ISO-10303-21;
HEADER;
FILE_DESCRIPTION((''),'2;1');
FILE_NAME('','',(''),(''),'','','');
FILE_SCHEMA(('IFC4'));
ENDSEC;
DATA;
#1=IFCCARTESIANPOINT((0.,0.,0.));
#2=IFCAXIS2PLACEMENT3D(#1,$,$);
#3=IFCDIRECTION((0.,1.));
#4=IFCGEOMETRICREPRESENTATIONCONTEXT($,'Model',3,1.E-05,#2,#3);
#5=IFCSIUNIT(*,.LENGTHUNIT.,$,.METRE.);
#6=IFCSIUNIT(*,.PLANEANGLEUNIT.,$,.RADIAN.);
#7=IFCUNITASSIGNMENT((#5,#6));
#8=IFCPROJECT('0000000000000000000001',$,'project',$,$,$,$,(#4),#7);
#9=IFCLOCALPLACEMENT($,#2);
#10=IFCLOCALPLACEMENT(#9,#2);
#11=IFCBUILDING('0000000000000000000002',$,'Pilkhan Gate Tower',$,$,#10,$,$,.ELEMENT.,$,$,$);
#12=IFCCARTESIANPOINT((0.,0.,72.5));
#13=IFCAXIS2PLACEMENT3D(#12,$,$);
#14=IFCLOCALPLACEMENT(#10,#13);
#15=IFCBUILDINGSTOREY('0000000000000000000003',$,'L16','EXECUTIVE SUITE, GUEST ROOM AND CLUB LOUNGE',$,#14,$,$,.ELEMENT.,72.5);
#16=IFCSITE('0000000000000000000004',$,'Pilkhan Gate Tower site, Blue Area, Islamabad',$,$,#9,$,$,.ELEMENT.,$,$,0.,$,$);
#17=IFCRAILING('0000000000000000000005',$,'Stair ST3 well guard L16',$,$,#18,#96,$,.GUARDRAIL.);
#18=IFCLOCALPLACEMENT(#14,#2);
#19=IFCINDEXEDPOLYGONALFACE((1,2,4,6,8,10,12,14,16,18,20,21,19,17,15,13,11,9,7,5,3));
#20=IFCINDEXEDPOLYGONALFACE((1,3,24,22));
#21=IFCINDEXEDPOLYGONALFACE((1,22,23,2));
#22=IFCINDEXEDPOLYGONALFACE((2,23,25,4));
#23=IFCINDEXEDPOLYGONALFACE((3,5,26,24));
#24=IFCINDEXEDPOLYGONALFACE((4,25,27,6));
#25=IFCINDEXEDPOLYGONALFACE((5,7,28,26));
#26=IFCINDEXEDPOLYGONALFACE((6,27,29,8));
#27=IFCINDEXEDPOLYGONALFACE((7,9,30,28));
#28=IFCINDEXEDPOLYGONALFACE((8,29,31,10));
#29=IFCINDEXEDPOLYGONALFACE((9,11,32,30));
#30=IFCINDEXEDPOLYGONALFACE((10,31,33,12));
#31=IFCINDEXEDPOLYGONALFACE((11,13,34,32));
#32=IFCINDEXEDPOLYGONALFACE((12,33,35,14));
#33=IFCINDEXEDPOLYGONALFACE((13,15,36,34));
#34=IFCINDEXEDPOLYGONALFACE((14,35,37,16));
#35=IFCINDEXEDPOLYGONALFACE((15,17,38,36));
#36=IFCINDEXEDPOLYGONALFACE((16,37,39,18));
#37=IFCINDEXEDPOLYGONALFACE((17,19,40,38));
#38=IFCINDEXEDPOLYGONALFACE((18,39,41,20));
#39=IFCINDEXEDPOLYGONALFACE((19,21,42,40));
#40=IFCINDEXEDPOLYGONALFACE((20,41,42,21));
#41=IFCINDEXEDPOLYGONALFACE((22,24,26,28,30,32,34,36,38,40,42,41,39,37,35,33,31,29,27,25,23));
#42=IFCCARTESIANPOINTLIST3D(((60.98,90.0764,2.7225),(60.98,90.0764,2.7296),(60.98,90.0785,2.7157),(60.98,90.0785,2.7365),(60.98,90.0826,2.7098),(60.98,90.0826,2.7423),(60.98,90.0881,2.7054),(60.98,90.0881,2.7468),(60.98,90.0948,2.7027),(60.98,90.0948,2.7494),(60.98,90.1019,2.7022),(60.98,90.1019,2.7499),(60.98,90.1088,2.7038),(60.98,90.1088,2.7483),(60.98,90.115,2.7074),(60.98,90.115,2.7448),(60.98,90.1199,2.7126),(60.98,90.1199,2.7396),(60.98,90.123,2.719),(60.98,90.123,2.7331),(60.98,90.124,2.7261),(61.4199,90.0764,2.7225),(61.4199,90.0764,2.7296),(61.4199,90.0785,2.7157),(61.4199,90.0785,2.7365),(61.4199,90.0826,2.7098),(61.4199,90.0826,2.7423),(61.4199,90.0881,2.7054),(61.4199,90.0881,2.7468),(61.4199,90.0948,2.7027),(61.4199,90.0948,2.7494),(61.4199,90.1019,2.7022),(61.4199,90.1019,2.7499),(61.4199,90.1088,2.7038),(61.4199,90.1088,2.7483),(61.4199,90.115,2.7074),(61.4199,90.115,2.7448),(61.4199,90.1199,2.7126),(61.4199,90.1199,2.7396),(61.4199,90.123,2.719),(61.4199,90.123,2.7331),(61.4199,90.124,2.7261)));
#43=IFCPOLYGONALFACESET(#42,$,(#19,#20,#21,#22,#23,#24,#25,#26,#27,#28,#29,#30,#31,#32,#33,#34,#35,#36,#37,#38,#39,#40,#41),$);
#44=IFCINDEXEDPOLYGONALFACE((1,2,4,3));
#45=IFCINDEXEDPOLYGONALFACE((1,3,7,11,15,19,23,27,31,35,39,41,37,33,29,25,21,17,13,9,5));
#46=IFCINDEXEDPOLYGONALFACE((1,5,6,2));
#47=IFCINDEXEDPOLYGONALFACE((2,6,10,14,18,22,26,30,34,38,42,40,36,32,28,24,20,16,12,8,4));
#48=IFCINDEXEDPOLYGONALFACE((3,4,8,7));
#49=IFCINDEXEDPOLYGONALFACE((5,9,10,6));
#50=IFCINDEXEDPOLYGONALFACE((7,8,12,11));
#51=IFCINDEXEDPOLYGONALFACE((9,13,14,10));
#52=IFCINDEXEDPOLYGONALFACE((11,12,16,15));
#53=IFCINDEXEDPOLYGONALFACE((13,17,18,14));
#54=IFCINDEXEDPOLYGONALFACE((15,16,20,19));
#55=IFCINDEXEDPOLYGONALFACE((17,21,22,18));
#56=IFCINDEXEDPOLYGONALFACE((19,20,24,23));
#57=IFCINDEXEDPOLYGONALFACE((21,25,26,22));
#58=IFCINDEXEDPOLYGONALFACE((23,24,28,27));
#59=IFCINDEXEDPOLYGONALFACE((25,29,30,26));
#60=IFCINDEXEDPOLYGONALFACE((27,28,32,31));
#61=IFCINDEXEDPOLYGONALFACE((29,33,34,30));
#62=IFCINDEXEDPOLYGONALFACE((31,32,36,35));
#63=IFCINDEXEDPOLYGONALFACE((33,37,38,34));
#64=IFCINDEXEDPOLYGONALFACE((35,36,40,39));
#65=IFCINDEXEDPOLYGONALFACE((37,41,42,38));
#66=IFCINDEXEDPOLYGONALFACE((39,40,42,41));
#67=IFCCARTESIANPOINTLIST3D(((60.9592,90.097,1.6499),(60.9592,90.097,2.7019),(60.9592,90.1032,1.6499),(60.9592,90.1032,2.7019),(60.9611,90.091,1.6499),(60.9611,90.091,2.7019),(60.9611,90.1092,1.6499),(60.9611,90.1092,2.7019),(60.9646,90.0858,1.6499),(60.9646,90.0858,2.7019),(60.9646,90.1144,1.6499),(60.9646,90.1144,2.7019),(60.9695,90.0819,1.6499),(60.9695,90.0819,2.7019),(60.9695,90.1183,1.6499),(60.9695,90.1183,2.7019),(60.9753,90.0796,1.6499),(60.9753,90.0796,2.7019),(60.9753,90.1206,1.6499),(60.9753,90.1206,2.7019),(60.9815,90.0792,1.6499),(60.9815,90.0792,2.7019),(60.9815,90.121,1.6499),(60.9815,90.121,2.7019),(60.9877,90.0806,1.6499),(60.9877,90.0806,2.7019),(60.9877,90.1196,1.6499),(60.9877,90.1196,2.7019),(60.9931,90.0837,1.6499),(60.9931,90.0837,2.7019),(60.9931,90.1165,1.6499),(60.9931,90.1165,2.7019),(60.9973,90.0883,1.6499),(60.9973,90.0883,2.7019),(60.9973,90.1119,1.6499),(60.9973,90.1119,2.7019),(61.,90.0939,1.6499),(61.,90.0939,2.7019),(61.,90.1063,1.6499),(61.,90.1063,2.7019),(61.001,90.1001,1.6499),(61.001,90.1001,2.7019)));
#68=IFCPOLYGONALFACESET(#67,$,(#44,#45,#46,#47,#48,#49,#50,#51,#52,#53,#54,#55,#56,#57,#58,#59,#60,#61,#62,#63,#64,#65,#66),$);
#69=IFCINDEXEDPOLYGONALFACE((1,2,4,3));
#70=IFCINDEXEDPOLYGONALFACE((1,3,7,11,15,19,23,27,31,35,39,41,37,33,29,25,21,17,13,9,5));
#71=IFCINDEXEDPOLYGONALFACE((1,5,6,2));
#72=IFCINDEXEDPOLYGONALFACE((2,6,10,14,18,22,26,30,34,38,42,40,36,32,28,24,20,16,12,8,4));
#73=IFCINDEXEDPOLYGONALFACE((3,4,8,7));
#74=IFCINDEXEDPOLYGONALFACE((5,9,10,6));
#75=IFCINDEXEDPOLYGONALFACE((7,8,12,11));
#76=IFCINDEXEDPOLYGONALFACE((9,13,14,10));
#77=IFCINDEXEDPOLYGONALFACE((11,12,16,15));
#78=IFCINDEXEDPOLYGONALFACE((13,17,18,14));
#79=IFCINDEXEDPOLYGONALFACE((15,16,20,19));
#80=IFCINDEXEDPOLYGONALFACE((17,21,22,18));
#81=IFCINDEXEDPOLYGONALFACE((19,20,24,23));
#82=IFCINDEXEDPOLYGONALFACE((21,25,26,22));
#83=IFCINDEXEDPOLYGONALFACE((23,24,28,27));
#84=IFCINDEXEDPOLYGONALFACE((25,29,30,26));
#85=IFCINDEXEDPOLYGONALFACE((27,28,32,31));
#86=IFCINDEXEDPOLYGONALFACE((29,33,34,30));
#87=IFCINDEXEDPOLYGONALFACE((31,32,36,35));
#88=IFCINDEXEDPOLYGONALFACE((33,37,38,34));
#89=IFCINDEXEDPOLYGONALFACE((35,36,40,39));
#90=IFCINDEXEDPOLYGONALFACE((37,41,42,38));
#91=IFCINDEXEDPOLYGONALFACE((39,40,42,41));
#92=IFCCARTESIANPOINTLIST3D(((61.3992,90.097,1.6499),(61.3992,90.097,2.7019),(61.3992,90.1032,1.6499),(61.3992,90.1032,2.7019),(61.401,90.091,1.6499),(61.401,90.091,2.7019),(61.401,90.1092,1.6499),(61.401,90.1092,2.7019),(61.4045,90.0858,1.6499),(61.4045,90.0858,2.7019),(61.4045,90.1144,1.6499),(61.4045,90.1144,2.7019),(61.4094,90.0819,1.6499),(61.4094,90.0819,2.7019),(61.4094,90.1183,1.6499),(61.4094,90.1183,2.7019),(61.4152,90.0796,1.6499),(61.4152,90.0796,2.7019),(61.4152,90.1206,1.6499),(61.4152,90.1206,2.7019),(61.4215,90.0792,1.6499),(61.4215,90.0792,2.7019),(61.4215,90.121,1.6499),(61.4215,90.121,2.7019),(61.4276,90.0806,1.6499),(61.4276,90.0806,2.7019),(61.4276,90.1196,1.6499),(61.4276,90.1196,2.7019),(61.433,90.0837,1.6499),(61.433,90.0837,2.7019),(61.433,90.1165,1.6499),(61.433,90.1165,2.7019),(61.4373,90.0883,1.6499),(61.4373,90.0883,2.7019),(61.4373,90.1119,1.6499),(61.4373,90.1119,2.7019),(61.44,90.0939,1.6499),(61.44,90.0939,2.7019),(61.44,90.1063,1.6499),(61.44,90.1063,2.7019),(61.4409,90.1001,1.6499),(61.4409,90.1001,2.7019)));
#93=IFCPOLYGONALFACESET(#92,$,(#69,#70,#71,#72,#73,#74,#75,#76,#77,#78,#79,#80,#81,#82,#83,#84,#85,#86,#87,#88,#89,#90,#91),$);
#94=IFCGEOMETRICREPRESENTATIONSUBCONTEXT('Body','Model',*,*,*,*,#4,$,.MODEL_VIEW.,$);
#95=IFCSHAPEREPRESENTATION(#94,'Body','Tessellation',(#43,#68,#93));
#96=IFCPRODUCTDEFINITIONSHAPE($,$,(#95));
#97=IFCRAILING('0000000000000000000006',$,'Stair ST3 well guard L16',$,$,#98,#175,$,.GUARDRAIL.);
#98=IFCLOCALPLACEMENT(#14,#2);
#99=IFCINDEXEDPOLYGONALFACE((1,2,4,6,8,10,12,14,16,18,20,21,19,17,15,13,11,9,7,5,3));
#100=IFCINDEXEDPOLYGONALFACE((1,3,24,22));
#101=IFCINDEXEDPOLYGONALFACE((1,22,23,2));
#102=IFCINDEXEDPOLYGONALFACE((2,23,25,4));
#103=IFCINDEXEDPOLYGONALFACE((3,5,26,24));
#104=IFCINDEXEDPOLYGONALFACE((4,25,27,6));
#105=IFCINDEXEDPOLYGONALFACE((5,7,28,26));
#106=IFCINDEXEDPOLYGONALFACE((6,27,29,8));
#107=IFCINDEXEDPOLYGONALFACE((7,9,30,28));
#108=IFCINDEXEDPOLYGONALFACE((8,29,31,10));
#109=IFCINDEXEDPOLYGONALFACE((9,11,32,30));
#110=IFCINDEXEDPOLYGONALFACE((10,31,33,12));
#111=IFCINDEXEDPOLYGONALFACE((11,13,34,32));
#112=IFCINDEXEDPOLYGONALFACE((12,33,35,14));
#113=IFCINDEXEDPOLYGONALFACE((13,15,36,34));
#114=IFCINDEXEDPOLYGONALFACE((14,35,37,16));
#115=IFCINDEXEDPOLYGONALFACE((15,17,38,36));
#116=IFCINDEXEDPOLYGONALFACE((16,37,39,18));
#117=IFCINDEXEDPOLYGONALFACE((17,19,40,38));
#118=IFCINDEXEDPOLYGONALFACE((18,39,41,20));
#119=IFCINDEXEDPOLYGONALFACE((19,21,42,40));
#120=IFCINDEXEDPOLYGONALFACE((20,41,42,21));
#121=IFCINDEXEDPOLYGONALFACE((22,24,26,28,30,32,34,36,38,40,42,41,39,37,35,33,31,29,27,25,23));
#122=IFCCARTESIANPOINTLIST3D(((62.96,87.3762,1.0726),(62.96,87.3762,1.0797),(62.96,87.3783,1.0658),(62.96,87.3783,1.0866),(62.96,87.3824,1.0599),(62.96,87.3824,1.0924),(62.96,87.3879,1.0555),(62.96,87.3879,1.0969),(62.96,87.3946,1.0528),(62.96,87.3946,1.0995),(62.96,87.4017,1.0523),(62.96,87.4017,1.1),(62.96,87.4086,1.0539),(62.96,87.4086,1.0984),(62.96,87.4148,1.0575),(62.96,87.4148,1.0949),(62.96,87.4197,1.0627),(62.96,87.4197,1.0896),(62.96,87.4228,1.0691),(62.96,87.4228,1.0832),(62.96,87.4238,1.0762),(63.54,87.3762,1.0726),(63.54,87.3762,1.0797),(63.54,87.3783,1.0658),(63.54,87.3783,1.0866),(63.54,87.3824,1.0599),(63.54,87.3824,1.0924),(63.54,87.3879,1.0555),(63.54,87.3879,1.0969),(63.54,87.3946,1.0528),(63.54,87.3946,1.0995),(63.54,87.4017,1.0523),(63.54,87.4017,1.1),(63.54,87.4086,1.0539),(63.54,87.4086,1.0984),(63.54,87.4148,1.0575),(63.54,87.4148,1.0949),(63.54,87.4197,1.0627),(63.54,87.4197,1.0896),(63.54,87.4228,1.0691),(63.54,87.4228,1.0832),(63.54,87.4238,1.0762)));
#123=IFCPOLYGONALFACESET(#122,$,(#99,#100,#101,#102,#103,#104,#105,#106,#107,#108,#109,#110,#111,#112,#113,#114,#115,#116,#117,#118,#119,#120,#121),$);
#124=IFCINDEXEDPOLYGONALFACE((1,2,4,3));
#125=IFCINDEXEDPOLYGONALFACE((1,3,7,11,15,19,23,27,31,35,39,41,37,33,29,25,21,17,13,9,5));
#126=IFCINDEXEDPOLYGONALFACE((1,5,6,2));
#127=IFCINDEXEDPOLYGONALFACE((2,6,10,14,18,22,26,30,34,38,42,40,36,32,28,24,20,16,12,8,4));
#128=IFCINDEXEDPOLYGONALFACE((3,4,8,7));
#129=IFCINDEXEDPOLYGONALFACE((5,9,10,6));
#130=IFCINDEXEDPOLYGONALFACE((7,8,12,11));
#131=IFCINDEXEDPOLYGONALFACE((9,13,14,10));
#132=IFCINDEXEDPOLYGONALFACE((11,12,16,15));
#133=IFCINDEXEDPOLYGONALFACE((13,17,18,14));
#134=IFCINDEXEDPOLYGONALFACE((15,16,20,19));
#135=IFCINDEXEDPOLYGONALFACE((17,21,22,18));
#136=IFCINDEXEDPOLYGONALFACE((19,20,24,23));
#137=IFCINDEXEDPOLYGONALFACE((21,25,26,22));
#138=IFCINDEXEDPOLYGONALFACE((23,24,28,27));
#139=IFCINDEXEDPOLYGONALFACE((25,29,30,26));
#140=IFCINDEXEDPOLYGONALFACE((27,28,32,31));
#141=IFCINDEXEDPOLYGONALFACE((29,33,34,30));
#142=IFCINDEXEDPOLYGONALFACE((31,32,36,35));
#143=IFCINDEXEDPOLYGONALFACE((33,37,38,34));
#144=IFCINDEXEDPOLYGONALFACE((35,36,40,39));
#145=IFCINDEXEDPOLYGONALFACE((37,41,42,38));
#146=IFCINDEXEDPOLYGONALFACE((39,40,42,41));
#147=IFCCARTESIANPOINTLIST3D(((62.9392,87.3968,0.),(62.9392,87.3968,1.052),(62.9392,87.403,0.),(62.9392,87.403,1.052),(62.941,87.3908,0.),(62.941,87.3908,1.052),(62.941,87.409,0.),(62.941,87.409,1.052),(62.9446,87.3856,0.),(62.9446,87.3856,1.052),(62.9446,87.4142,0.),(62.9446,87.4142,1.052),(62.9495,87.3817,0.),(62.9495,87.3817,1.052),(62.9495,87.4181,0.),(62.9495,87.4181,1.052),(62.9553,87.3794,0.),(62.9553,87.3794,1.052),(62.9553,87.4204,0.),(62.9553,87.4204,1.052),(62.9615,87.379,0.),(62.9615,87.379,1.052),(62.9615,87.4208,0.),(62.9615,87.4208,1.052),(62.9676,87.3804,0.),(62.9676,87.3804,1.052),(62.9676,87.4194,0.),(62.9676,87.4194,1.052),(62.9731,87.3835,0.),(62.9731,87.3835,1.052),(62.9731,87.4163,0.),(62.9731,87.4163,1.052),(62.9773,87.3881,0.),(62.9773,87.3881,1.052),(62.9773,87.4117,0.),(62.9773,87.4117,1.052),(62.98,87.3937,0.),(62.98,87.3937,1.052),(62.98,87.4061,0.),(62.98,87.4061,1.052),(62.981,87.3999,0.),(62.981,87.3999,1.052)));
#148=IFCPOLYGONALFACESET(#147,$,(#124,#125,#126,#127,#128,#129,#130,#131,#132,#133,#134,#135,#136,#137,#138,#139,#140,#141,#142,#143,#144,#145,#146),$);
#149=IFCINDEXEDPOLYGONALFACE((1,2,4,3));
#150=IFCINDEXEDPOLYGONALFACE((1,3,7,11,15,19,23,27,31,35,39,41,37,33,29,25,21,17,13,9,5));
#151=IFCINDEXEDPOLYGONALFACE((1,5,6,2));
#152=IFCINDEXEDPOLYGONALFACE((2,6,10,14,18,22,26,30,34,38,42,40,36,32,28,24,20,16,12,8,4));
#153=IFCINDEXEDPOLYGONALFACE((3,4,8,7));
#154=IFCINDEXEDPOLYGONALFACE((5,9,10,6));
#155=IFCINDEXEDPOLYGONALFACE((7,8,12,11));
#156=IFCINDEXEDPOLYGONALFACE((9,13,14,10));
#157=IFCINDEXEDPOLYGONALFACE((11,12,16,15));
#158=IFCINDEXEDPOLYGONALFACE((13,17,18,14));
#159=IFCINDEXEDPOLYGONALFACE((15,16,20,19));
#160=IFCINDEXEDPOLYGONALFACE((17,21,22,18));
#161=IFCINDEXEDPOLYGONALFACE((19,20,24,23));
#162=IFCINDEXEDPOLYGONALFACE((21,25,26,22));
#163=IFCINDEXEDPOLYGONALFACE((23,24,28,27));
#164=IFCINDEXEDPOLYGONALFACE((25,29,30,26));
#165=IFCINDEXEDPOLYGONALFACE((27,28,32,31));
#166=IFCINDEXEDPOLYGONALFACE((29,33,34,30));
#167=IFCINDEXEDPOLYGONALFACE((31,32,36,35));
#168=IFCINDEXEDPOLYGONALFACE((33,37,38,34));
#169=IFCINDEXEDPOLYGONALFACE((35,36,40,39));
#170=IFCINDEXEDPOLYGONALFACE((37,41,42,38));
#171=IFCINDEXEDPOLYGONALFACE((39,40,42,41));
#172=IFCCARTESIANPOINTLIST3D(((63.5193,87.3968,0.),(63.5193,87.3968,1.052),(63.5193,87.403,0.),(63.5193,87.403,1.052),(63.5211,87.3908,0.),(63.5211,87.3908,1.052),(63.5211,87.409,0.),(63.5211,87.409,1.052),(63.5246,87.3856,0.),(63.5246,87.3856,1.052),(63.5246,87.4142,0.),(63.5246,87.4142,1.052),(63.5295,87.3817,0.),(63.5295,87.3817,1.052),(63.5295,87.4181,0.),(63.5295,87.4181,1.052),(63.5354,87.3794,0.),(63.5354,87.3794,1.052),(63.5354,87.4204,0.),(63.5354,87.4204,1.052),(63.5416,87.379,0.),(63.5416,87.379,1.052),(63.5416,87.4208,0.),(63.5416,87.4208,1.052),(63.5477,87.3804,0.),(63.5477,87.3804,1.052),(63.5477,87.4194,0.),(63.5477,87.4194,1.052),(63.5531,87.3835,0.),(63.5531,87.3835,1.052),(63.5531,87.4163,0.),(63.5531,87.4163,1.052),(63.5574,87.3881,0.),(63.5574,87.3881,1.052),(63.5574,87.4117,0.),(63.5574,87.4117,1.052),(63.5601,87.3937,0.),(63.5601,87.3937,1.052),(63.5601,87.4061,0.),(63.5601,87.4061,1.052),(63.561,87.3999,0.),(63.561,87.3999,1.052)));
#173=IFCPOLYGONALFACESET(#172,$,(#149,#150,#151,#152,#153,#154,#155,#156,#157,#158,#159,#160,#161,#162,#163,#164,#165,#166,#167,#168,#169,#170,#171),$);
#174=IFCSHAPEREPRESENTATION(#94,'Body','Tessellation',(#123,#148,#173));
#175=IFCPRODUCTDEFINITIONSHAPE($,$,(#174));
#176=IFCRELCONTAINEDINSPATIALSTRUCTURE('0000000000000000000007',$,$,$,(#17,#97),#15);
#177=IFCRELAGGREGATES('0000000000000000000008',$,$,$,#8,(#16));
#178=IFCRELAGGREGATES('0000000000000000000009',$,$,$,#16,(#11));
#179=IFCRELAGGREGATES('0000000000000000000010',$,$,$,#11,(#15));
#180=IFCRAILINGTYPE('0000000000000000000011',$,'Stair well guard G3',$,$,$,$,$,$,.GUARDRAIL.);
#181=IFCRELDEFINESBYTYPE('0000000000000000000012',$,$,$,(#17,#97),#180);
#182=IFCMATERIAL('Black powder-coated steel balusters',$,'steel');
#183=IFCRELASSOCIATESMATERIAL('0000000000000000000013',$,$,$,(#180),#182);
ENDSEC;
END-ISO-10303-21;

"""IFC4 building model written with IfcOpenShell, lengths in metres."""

from ifc_helpers import new_model, si_unit, direction, frame, origin, origin_2d, place, context, subcontext, project, spatial, circle, extrude, material, type_object, element, save


model = new_model("IFC4")

# Units and contexts
model_context = context("Model", 3, precision=1e-05, world=origin(), true_north=direction((0.0, 1.0)))
body_context = subcontext(model_context, "Body", "Model", "MODEL_VIEW")
ifc_project = project(units=[si_unit("LENGTHUNIT", "METRE"), si_unit("PLANEANGLEUNIT", "RADIAN")], contexts=[model_context])

# Site, building, storey
site_placement = place(None, origin())
site = spatial("IfcSite", under=ifc_project, at=site_placement, Name="Pilkhan Gate Tower site, Blue Area, Islamabad", CompositionType="ELEMENT", RefElevation=0.0)
building_placement = place(site_placement, origin())
building = spatial("IfcBuilding", under=site, at=building_placement, Name="Pilkhan Gate Tower", CompositionType="ELEMENT")
storey_placement = place(building_placement, frame((0.0, 0.0, 72.5)))
storey = spatial("IfcBuildingStorey", under=building, at=storey_placement, Name="L16", Description="EXECUTIVE SUITE, GUEST ROOM AND CLUB LOUNGE", CompositionType="ELEMENT", Elevation=72.5)

# Railings
ifc_material_1 = material(Name="Black powder-coated steel balusters", Category="steel")
railing_type_1 = type_object("IfcRailingType", Name="Stair well guard G3", PredefinedType="GUARDRAIL", material=ifc_material_1)
railing_1_placement = place(storey_placement, frame((60.98, 90.1001, 1.6499)))
element("IfcRailing", 1, at=railing_1_placement, inside=storey, type_object=railing_type_1, Name="Stair ST3 well guard L16", PredefinedType="GUARDRAIL", context=body_context, shape_type="SweptSolid", body=[
    extrude(circle(Radius=0.0239, at=origin_2d()), frame((0.0, 0.0, 1.0762), z_axis=(1.0, 0.0, 0.0), x_axis=(0.0, 1.0, 0.0)), (0.0, 0.0, 1.0), 0.4399),
    extrude(circle(Radius=0.021, at=origin_2d()), origin(), (0.0, 0.0, 1.0), 1.052),
    extrude(circle(Radius=0.021, at=origin_2d()), frame((0.4399, 0.0, 0.0)), (0.0, 0.0, 1.0), 1.052),
])
for number, where, name in (
    (2, (62.96, 87.3999, 0.0), "Stair ST3 well guard L16"),
):
    element("IfcRailing", number, at=place(storey_placement, frame(where)), inside=storey, type_object=railing_type_1, Name=name, PredefinedType="GUARDRAIL", context=body_context, shape_type="SweptSolid", body=[
        extrude(circle(Radius=0.0239, at=origin_2d()), frame((0.0, 0.0, 1.0762), z_axis=(1.0, 0.0, 0.0), x_axis=(0.0, 1.0, 0.0)), (0.0, 0.0, 1.0), 0.5801),
        extrude(circle(Radius=0.021, at=origin_2d()), origin(), (0.0, 0.0, 1.0), 1.052),
        extrude(circle(Radius=0.021, at=origin_2d()), frame((0.5801, 0.0, 0.0)), (0.0, 0.0, 1.0), 1.052),
    ])

save(model, "model.ifc")
